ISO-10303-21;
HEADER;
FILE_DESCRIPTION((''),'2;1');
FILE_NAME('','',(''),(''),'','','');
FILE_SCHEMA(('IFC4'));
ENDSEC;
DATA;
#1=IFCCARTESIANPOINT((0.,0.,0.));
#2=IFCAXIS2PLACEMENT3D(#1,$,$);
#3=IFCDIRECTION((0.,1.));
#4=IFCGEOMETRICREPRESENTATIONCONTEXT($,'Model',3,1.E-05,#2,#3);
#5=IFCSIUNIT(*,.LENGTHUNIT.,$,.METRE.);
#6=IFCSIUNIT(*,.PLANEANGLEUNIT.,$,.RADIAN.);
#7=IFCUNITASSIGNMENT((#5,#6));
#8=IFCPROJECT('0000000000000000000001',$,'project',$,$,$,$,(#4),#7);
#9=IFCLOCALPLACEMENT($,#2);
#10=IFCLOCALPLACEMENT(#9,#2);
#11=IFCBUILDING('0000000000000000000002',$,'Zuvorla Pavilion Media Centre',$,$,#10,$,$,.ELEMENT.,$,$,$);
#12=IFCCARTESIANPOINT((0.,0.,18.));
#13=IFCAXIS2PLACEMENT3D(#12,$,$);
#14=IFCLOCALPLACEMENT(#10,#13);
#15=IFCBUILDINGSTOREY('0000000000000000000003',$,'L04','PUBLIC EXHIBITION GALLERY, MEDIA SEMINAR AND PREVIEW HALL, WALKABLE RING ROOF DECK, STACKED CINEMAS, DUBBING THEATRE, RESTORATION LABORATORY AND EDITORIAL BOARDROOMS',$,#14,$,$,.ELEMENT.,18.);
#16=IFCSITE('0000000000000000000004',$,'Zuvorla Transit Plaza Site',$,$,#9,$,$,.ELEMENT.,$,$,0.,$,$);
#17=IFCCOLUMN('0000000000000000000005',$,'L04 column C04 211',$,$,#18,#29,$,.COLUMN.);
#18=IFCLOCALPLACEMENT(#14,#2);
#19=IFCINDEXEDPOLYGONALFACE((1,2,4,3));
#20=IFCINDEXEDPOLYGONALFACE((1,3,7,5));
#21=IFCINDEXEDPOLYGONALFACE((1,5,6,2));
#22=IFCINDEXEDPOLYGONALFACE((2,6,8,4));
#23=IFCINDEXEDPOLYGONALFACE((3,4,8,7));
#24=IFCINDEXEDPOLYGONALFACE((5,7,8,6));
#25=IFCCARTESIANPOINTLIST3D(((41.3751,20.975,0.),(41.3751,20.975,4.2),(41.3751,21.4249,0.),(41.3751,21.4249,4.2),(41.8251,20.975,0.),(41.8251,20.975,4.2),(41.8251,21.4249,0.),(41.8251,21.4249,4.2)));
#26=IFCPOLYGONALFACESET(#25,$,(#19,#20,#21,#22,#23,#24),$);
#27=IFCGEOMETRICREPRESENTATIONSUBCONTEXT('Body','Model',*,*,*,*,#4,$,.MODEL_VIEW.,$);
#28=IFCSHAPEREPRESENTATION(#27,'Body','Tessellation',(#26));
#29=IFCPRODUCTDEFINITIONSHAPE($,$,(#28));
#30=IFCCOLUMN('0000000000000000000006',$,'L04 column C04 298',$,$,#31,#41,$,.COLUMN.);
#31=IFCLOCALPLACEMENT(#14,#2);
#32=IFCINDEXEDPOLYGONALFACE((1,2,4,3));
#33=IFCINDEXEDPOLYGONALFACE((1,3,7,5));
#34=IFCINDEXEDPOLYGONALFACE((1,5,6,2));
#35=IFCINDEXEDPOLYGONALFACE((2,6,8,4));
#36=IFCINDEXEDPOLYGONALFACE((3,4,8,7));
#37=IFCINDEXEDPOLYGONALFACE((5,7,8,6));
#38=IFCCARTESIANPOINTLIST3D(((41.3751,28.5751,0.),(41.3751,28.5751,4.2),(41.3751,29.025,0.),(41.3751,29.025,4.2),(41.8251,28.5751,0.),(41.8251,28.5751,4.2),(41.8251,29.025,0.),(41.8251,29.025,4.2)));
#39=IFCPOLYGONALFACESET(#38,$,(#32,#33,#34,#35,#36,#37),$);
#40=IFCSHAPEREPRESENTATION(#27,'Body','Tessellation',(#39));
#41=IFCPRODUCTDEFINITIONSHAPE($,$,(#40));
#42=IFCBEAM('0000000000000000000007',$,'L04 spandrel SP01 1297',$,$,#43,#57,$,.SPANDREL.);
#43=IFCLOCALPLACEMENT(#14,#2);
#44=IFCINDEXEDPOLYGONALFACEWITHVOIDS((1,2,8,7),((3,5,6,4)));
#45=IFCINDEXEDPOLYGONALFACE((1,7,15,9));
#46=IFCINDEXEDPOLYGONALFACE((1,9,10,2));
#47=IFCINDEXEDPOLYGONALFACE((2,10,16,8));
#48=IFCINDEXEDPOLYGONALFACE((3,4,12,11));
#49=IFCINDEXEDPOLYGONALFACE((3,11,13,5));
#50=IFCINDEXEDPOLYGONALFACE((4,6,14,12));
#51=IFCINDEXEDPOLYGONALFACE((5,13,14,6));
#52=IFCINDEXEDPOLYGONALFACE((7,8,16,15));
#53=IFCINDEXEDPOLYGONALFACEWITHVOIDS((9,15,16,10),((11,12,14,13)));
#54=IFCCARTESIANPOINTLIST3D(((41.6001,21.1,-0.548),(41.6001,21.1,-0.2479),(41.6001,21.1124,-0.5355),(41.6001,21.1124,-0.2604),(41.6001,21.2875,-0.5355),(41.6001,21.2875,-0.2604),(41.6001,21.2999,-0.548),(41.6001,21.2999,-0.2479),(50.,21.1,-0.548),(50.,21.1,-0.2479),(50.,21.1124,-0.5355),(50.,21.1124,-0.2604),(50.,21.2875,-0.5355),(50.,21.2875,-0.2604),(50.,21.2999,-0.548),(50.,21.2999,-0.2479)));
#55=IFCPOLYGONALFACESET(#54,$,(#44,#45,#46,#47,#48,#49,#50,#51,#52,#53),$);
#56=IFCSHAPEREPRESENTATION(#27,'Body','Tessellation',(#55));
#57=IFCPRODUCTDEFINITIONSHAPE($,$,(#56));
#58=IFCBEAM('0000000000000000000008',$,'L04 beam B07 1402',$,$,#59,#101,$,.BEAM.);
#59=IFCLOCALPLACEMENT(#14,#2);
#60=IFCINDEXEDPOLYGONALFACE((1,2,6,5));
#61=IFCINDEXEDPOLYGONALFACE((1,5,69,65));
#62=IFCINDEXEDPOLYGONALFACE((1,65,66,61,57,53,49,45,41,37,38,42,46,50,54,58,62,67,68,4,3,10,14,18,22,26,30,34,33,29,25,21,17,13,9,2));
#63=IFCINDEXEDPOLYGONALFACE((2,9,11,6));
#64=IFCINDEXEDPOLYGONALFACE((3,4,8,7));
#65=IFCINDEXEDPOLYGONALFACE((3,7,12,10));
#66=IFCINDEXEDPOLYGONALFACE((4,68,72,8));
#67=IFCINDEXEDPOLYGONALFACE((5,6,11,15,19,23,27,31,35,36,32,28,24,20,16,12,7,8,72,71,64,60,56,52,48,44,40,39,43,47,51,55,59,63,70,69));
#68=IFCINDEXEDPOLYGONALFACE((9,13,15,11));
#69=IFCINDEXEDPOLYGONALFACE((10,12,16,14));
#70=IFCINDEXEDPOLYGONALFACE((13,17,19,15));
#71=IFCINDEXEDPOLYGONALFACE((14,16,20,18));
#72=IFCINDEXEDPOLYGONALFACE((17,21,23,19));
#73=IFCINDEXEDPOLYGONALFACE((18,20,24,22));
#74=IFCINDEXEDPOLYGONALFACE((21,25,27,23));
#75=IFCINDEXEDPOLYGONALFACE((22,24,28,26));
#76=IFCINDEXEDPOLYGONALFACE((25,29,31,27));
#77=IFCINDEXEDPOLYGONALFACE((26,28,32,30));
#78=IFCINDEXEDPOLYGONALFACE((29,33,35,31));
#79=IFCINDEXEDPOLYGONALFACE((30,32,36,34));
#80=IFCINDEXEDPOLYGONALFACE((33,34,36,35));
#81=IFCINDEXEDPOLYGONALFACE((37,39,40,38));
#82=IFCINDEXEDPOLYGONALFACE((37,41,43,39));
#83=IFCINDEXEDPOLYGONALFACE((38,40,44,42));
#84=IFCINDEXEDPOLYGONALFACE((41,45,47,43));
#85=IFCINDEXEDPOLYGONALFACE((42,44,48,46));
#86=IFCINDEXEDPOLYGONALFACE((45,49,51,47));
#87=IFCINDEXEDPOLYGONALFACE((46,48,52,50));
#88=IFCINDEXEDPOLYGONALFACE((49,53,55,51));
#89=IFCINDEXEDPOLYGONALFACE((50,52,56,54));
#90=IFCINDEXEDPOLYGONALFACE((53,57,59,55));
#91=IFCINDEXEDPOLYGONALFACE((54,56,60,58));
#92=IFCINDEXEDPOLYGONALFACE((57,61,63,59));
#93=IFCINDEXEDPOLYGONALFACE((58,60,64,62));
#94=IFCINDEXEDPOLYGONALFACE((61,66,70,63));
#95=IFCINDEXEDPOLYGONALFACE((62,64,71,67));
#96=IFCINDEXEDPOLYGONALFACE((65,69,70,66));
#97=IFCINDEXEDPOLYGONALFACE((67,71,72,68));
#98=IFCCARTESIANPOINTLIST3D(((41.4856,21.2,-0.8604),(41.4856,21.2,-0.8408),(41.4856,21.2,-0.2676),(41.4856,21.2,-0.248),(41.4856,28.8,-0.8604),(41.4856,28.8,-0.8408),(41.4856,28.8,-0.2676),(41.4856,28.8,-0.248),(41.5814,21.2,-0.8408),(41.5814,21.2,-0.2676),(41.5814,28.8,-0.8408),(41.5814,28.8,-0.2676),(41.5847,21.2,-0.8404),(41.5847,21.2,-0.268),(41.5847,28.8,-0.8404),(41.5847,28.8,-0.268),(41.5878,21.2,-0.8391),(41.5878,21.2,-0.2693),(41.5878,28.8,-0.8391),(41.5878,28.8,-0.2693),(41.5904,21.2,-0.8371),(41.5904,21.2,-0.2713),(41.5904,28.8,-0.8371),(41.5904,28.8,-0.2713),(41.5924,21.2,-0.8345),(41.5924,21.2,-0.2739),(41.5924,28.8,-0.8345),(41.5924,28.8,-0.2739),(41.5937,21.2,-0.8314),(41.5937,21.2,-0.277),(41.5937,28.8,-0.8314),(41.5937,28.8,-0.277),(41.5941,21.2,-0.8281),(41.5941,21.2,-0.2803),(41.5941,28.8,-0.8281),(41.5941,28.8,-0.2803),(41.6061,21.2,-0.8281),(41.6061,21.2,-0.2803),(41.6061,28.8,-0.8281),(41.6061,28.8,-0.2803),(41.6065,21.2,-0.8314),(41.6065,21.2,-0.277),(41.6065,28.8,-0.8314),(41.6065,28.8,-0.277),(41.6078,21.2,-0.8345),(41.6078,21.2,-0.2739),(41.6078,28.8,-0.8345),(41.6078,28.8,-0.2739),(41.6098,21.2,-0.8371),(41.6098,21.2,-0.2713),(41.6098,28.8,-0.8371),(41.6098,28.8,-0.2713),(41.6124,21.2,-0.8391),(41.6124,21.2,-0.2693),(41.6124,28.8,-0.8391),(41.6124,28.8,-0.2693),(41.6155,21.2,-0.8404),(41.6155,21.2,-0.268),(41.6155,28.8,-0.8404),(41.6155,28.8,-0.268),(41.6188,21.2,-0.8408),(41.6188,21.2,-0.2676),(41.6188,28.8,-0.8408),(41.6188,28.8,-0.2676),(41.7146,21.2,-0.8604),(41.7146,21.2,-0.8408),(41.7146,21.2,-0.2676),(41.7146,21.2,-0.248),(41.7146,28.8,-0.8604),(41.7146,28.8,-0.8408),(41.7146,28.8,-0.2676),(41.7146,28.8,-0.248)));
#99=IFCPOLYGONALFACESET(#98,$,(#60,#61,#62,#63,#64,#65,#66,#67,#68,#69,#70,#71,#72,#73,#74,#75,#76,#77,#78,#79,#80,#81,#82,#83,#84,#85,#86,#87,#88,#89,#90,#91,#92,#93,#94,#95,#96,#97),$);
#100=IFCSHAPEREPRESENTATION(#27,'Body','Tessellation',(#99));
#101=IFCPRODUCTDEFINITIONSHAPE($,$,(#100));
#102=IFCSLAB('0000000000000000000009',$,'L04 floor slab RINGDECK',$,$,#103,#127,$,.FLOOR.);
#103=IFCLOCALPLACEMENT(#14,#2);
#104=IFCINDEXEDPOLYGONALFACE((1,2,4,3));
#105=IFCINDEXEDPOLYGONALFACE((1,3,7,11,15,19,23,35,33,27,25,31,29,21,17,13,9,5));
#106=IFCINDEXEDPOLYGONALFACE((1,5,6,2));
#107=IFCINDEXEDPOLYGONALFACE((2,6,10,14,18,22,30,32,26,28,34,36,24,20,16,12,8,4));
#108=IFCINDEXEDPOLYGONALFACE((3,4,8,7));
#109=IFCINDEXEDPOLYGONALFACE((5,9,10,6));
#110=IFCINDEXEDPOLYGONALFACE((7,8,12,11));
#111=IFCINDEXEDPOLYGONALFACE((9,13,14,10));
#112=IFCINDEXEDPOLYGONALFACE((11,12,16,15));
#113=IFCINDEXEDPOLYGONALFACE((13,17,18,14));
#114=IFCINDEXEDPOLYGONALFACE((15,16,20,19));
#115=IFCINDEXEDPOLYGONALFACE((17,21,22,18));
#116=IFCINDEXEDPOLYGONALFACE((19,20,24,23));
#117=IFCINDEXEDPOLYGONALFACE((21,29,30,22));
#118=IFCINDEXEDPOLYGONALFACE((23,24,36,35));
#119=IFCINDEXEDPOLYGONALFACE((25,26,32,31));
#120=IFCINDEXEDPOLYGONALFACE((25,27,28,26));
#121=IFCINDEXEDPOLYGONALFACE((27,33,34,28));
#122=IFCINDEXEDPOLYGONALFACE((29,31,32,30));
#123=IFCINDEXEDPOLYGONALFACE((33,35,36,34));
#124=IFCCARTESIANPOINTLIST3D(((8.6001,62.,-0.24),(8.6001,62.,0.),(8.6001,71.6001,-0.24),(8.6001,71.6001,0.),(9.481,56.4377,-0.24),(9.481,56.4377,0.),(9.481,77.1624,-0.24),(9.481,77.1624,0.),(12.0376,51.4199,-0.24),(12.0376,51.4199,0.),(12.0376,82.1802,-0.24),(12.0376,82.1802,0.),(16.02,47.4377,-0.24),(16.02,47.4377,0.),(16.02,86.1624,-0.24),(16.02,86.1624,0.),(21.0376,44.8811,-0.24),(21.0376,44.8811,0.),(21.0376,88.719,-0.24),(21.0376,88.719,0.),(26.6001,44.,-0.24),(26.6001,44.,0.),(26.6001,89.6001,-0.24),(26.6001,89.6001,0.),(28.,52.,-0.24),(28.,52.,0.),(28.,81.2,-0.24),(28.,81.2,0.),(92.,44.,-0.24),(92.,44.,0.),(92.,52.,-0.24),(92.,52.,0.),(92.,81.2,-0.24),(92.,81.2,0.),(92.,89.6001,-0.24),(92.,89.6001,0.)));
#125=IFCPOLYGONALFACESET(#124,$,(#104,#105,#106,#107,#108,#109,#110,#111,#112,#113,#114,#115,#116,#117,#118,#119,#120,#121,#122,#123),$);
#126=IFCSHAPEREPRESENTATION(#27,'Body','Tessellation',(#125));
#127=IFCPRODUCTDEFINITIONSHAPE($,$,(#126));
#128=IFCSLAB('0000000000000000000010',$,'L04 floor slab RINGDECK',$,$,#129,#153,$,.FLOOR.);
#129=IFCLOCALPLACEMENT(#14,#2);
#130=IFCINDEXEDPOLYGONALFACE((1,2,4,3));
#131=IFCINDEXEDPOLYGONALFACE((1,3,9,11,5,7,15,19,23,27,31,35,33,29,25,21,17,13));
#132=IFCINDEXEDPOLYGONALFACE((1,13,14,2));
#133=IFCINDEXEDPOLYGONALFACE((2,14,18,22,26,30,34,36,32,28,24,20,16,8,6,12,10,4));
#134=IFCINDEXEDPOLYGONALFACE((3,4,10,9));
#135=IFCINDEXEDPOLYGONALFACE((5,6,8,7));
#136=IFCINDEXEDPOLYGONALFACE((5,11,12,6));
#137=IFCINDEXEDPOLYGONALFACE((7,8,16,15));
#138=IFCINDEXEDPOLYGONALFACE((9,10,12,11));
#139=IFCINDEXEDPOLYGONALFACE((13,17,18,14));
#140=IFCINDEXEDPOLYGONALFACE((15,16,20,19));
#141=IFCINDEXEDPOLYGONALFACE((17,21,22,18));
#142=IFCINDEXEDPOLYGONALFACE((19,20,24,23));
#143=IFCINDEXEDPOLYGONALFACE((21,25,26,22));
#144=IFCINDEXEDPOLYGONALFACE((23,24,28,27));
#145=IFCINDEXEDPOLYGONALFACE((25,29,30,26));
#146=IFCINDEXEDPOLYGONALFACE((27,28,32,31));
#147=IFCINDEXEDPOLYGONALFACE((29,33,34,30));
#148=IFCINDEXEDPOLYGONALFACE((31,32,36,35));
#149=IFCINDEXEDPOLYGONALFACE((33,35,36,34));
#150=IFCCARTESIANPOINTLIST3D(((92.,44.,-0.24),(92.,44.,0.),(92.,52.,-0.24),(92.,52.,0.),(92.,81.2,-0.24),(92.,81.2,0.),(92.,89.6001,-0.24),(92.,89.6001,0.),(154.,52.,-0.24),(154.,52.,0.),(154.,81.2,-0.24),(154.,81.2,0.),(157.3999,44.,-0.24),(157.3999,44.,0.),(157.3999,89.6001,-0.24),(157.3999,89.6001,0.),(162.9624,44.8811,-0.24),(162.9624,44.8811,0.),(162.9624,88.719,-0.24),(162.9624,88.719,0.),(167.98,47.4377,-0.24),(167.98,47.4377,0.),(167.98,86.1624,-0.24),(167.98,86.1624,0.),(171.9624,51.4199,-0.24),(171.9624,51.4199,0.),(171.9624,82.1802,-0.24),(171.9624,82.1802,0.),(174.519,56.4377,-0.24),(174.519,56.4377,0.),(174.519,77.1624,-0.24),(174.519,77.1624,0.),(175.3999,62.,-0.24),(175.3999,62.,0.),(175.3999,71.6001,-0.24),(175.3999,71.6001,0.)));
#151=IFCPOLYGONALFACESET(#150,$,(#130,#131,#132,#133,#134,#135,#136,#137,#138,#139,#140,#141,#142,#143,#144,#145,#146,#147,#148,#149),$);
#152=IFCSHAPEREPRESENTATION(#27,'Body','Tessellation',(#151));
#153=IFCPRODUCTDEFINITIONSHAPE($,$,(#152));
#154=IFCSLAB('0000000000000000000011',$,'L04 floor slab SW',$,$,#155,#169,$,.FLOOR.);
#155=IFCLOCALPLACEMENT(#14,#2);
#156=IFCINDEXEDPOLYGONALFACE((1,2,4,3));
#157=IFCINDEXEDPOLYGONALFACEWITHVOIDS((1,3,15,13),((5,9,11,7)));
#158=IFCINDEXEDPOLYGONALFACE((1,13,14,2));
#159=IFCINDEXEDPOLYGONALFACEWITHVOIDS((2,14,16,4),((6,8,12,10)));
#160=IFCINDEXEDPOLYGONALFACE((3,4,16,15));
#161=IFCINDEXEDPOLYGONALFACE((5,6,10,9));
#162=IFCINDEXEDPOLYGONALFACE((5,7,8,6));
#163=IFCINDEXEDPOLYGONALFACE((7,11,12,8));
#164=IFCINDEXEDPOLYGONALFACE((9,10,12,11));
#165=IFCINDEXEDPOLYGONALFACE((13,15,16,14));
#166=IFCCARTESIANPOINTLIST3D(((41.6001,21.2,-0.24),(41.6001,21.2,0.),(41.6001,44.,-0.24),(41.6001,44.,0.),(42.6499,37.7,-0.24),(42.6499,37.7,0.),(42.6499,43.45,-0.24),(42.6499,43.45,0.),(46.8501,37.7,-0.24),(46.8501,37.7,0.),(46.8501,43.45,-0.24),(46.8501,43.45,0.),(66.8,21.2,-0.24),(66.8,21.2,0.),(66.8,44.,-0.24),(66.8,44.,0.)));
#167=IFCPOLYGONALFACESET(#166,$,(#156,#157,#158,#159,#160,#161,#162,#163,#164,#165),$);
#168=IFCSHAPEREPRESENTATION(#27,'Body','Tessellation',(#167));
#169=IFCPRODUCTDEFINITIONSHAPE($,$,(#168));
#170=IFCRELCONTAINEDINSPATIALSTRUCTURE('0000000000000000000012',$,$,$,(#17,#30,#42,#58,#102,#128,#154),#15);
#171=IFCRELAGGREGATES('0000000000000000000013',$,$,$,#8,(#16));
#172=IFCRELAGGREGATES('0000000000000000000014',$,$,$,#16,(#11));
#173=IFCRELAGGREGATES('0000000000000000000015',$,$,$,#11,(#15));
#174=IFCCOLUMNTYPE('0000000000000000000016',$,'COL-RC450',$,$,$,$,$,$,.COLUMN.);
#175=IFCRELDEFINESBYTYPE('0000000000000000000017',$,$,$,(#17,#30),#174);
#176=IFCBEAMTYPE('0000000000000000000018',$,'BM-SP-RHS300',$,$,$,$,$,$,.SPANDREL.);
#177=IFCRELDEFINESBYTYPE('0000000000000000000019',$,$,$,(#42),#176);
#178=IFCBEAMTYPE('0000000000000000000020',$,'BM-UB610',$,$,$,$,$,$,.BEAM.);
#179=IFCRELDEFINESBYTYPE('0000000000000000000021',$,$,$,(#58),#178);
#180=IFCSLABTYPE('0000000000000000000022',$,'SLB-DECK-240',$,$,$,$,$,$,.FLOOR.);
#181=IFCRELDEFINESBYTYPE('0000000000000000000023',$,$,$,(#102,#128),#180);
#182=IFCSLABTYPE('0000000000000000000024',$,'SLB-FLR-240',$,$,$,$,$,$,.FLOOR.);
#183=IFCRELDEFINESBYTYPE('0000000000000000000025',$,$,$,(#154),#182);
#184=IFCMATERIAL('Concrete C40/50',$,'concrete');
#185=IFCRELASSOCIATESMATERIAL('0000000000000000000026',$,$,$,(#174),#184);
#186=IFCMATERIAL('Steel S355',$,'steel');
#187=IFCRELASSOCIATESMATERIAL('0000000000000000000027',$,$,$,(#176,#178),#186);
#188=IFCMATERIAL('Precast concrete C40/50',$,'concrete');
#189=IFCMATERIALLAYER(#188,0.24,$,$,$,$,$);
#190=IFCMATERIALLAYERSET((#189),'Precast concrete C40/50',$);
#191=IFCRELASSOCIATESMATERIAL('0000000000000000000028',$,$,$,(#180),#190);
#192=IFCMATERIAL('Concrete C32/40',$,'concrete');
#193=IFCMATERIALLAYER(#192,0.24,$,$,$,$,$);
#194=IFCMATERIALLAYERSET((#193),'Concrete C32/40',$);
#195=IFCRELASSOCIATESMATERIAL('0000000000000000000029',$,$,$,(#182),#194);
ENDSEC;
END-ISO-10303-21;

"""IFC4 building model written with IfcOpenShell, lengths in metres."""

from ifc_helpers import new_model, si_unit, direction, frame, origin, origin_2d, place, context, subcontext, project, spatial, polyline, rectangle, hollow_rectangle, i_section, outline, extrude, material, layer, layer_set, material_profile, profile_set, type_object, element, save


model = new_model("IFC4")

# Units and contexts
model_context = context("Model", 3, precision=1e-05, world=origin(), true_north=direction((0.0, 1.0)))
body_context = subcontext(model_context, "Body", "Model", "MODEL_VIEW")
ifc_project = project(units=[si_unit("LENGTHUNIT", "METRE"), si_unit("PLANEANGLEUNIT", "RADIAN")], contexts=[model_context])

# Site, building, storey
site_placement = place(None, origin())
site = spatial("IfcSite", under=ifc_project, at=site_placement, Name="Zuvorla Transit Plaza Site", CompositionType="ELEMENT", RefElevation=0.0)
building_placement = place(site_placement, origin())
building = spatial("IfcBuilding", under=site, at=building_placement, Name="Zuvorla Pavilion Media Centre", CompositionType="ELEMENT")
storey_placement = place(building_placement, frame((0.0, 0.0, 18.0)))
storey = spatial("IfcBuildingStorey", under=building, at=storey_placement, Name="L04", Description="PUBLIC EXHIBITION GALLERY, MEDIA SEMINAR AND PREVIEW HALL, WALKABLE RING ROOF DECK, STACKED CINEMAS, DUBBING THEATRE, RESTORATION LABORATORY AND EDITORIAL BOARDROOMS", CompositionType="ELEMENT", Elevation=18.0)

# Columns
ifc_material_1 = material(Name="Concrete C40/50", Category="concrete")
ifc_material_profile_1 = material_profile(ifc_material_1, rectangle(XDim=0.45, YDim=0.45, at=origin_2d()), Name="RC 450x450")
ifc_profile_set_1 = profile_set([ifc_material_profile_1], Name="Concrete C40/50")
column_type = type_object("IfcColumnType", Name="COL-RC450", PredefinedType="COLUMN", material=ifc_profile_set_1)
for number, where, z_axis, x_axis, name in (
    (1, (41.6001, 21.2, 0.0), (0.0, 0.0, 1.0), (1.0, 0.0, 0.0), "L04 column C04 211"),
    (2, (41.6001, 28.8, 0.0), (0.0, 0.0, 1.0), (1.0, 0.0, 0.0), "L04 column C04 298"),
):
    element("IfcColumn", number, at=place(storey_placement, frame(where, z_axis=z_axis, x_axis=x_axis)), inside=storey, type_object=column_type, Name=name, PredefinedType="COLUMN", context=body_context, shape_type="SweptSolid", body=[
        extrude(rectangle(XDim=0.45, YDim=0.45, at=origin_2d()), origin(), (0.0, 0.0, 1.0), 4.2),
    ])

# Beams
ifc_material_2 = material(Name="Steel S355", Category="steel")
ifc_material_profile_2 = material_profile(ifc_material_2, hollow_rectangle(XDim=0.2, YDim=0.3, WallThickness=0.0125, at=origin_2d()), Name="RHS 300x200x12.5")
ifc_profile_set_2 = profile_set([ifc_material_profile_2], Name="Steel S355")
beam_type_1 = type_object("IfcBeamType", Name="BM-SP-RHS300", PredefinedType="SPANDREL", material=ifc_profile_set_2)
beam_1_placement = place(storey_placement, frame((41.6001, 21.2, -0.3979), z_axis=(1.0, 0.0, 0.0), x_axis=(0.0, 1.0, 0.0)))
element("IfcBeam", 3, at=beam_1_placement, inside=storey, type_object=beam_type_1, Name="L04 spandrel SP01 1297", PredefinedType="SPANDREL", context=body_context, shape_type="SweptSolid", body=[
    extrude(hollow_rectangle(XDim=0.2, YDim=0.3, WallThickness=0.0125, at=origin_2d()), origin(), (0.0, 0.0, 1.0), 8.3999),
])
ifc_material_profile_3 = material_profile(ifc_material_2, i_section(OverallWidth=0.229, OverallDepth=0.6123, WebThickness=0.012, FlangeThickness=0.0195, FilletRadius=0.0127, at=origin_2d()), Name="UB 610x229x125")
ifc_profile_set_3 = profile_set([ifc_material_profile_3], Name="Steel S355")
beam_type_2 = type_object("IfcBeamType", Name="BM-UB610", PredefinedType="BEAM", material=ifc_profile_set_3)
beam_2_placement = place(storey_placement, frame((41.6001, 21.2, -0.5542), z_axis=(0.0, 1.0, 0.0), x_axis=(-1.0, 0.0, 0.0)))
element("IfcBeam", 4, at=beam_2_placement, inside=storey, type_object=beam_type_2, Name="L04 beam B07 1402", PredefinedType="BEAM", context=body_context, shape_type="SweptSolid", body=[
    extrude(i_section(OverallWidth=0.229, OverallDepth=0.6123, WebThickness=0.012, FlangeThickness=0.0195, FilletRadius=0.0127, at=origin_2d()), origin(), (0.0, 0.0, 1.0), 7.6001),
])

# Slabs
ifc_material_3 = material(Name="Precast concrete C40/50", Category="concrete")
ifc_layer_1 = layer(ifc_material_3, 0.24)
ifc_layer_set_1 = layer_set([ifc_layer_1], Name="Precast concrete C40/50")
slab_type_1 = type_object("IfcSlabType", Name="SLB-DECK-240", PredefinedType="FLOOR", material=ifc_layer_set_1)
slab_1_placement = place(storey_placement, frame((0.0, 0.0, -0.24)))
element("IfcSlab", 5, at=slab_1_placement, inside=storey, type_object=slab_type_1, Name="L04 floor slab RINGDECK", PredefinedType="FLOOR", context=body_context, shape_type="SweptSolid", body=[
    extrude(outline(polyline([(21.0376, 44.8811), (16.02, 47.4377), (12.0376, 51.4199), (9.481, 56.4377), (8.6001, 62.0), (8.6001, 71.6001), (9.481, 77.1624), (12.0376, 82.1802), (16.02, 86.1624), (21.0376, 88.719), (26.6001, 89.6001), (92.0, 89.6001), (92.0, 81.2), (28.0, 81.2), (28.0, 52.0), (92.0, 52.0), (92.0, 44.0), (26.6001, 44.0), (21.0376, 44.8811)])), origin(), (0.0, 0.0, 1.0), 0.24),
])
slab_2_placement = place(storey_placement, frame((0.0, 0.0, -0.24)))
element("IfcSlab", 6, at=slab_2_placement, inside=storey, type_object=slab_type_1, Name="L04 floor slab RINGDECK", PredefinedType="FLOOR", context=body_context, shape_type="SweptSolid", body=[
    extrude(outline(polyline([(157.3999, 89.6001), (162.9624, 88.719), (167.98, 86.1624), (171.9624, 82.1802), (174.519, 77.1624), (175.3999, 71.6001), (175.3999, 62.0), (174.519, 56.4377), (171.9624, 51.4199), (167.98, 47.4377), (162.9624, 44.8811), (157.3999, 44.0), (92.0, 44.0), (92.0, 52.0), (154.0, 52.0), (154.0, 81.2), (92.0, 81.2), (92.0, 89.6001), (157.3999, 89.6001)])), origin(), (0.0, 0.0, 1.0), 0.24),
])
ifc_material_4 = material(Name="Concrete C32/40", Category="concrete")
ifc_layer_2 = layer(ifc_material_4, 0.24)
ifc_layer_set_2 = layer_set([ifc_layer_2], Name="Concrete C32/40")
slab_type_2 = type_object("IfcSlabType", Name="SLB-FLR-240", PredefinedType="FLOOR", material=ifc_layer_set_2)
slab_3_placement = place(storey_placement, frame((0.0, 0.0, -0.24)))
element("IfcSlab", 7, at=slab_3_placement, inside=storey, type_object=slab_type_2, Name="L04 floor slab SW", PredefinedType="FLOOR", context=body_context, shape_type="SweptSolid", body=[
    extrude(outline(polyline([(41.6001, 21.2), (41.6001, 44.0), (66.8, 44.0), (66.8, 21.2), (41.6001, 21.2)]), holes=[polyline([(46.8501, 43.45), (42.6499, 43.45), (42.6499, 37.7), (46.8501, 37.7), (46.8501, 43.45)])]), origin(), (0.0, 0.0, 1.0), 0.24),
])

save(model, "model.ifc")
